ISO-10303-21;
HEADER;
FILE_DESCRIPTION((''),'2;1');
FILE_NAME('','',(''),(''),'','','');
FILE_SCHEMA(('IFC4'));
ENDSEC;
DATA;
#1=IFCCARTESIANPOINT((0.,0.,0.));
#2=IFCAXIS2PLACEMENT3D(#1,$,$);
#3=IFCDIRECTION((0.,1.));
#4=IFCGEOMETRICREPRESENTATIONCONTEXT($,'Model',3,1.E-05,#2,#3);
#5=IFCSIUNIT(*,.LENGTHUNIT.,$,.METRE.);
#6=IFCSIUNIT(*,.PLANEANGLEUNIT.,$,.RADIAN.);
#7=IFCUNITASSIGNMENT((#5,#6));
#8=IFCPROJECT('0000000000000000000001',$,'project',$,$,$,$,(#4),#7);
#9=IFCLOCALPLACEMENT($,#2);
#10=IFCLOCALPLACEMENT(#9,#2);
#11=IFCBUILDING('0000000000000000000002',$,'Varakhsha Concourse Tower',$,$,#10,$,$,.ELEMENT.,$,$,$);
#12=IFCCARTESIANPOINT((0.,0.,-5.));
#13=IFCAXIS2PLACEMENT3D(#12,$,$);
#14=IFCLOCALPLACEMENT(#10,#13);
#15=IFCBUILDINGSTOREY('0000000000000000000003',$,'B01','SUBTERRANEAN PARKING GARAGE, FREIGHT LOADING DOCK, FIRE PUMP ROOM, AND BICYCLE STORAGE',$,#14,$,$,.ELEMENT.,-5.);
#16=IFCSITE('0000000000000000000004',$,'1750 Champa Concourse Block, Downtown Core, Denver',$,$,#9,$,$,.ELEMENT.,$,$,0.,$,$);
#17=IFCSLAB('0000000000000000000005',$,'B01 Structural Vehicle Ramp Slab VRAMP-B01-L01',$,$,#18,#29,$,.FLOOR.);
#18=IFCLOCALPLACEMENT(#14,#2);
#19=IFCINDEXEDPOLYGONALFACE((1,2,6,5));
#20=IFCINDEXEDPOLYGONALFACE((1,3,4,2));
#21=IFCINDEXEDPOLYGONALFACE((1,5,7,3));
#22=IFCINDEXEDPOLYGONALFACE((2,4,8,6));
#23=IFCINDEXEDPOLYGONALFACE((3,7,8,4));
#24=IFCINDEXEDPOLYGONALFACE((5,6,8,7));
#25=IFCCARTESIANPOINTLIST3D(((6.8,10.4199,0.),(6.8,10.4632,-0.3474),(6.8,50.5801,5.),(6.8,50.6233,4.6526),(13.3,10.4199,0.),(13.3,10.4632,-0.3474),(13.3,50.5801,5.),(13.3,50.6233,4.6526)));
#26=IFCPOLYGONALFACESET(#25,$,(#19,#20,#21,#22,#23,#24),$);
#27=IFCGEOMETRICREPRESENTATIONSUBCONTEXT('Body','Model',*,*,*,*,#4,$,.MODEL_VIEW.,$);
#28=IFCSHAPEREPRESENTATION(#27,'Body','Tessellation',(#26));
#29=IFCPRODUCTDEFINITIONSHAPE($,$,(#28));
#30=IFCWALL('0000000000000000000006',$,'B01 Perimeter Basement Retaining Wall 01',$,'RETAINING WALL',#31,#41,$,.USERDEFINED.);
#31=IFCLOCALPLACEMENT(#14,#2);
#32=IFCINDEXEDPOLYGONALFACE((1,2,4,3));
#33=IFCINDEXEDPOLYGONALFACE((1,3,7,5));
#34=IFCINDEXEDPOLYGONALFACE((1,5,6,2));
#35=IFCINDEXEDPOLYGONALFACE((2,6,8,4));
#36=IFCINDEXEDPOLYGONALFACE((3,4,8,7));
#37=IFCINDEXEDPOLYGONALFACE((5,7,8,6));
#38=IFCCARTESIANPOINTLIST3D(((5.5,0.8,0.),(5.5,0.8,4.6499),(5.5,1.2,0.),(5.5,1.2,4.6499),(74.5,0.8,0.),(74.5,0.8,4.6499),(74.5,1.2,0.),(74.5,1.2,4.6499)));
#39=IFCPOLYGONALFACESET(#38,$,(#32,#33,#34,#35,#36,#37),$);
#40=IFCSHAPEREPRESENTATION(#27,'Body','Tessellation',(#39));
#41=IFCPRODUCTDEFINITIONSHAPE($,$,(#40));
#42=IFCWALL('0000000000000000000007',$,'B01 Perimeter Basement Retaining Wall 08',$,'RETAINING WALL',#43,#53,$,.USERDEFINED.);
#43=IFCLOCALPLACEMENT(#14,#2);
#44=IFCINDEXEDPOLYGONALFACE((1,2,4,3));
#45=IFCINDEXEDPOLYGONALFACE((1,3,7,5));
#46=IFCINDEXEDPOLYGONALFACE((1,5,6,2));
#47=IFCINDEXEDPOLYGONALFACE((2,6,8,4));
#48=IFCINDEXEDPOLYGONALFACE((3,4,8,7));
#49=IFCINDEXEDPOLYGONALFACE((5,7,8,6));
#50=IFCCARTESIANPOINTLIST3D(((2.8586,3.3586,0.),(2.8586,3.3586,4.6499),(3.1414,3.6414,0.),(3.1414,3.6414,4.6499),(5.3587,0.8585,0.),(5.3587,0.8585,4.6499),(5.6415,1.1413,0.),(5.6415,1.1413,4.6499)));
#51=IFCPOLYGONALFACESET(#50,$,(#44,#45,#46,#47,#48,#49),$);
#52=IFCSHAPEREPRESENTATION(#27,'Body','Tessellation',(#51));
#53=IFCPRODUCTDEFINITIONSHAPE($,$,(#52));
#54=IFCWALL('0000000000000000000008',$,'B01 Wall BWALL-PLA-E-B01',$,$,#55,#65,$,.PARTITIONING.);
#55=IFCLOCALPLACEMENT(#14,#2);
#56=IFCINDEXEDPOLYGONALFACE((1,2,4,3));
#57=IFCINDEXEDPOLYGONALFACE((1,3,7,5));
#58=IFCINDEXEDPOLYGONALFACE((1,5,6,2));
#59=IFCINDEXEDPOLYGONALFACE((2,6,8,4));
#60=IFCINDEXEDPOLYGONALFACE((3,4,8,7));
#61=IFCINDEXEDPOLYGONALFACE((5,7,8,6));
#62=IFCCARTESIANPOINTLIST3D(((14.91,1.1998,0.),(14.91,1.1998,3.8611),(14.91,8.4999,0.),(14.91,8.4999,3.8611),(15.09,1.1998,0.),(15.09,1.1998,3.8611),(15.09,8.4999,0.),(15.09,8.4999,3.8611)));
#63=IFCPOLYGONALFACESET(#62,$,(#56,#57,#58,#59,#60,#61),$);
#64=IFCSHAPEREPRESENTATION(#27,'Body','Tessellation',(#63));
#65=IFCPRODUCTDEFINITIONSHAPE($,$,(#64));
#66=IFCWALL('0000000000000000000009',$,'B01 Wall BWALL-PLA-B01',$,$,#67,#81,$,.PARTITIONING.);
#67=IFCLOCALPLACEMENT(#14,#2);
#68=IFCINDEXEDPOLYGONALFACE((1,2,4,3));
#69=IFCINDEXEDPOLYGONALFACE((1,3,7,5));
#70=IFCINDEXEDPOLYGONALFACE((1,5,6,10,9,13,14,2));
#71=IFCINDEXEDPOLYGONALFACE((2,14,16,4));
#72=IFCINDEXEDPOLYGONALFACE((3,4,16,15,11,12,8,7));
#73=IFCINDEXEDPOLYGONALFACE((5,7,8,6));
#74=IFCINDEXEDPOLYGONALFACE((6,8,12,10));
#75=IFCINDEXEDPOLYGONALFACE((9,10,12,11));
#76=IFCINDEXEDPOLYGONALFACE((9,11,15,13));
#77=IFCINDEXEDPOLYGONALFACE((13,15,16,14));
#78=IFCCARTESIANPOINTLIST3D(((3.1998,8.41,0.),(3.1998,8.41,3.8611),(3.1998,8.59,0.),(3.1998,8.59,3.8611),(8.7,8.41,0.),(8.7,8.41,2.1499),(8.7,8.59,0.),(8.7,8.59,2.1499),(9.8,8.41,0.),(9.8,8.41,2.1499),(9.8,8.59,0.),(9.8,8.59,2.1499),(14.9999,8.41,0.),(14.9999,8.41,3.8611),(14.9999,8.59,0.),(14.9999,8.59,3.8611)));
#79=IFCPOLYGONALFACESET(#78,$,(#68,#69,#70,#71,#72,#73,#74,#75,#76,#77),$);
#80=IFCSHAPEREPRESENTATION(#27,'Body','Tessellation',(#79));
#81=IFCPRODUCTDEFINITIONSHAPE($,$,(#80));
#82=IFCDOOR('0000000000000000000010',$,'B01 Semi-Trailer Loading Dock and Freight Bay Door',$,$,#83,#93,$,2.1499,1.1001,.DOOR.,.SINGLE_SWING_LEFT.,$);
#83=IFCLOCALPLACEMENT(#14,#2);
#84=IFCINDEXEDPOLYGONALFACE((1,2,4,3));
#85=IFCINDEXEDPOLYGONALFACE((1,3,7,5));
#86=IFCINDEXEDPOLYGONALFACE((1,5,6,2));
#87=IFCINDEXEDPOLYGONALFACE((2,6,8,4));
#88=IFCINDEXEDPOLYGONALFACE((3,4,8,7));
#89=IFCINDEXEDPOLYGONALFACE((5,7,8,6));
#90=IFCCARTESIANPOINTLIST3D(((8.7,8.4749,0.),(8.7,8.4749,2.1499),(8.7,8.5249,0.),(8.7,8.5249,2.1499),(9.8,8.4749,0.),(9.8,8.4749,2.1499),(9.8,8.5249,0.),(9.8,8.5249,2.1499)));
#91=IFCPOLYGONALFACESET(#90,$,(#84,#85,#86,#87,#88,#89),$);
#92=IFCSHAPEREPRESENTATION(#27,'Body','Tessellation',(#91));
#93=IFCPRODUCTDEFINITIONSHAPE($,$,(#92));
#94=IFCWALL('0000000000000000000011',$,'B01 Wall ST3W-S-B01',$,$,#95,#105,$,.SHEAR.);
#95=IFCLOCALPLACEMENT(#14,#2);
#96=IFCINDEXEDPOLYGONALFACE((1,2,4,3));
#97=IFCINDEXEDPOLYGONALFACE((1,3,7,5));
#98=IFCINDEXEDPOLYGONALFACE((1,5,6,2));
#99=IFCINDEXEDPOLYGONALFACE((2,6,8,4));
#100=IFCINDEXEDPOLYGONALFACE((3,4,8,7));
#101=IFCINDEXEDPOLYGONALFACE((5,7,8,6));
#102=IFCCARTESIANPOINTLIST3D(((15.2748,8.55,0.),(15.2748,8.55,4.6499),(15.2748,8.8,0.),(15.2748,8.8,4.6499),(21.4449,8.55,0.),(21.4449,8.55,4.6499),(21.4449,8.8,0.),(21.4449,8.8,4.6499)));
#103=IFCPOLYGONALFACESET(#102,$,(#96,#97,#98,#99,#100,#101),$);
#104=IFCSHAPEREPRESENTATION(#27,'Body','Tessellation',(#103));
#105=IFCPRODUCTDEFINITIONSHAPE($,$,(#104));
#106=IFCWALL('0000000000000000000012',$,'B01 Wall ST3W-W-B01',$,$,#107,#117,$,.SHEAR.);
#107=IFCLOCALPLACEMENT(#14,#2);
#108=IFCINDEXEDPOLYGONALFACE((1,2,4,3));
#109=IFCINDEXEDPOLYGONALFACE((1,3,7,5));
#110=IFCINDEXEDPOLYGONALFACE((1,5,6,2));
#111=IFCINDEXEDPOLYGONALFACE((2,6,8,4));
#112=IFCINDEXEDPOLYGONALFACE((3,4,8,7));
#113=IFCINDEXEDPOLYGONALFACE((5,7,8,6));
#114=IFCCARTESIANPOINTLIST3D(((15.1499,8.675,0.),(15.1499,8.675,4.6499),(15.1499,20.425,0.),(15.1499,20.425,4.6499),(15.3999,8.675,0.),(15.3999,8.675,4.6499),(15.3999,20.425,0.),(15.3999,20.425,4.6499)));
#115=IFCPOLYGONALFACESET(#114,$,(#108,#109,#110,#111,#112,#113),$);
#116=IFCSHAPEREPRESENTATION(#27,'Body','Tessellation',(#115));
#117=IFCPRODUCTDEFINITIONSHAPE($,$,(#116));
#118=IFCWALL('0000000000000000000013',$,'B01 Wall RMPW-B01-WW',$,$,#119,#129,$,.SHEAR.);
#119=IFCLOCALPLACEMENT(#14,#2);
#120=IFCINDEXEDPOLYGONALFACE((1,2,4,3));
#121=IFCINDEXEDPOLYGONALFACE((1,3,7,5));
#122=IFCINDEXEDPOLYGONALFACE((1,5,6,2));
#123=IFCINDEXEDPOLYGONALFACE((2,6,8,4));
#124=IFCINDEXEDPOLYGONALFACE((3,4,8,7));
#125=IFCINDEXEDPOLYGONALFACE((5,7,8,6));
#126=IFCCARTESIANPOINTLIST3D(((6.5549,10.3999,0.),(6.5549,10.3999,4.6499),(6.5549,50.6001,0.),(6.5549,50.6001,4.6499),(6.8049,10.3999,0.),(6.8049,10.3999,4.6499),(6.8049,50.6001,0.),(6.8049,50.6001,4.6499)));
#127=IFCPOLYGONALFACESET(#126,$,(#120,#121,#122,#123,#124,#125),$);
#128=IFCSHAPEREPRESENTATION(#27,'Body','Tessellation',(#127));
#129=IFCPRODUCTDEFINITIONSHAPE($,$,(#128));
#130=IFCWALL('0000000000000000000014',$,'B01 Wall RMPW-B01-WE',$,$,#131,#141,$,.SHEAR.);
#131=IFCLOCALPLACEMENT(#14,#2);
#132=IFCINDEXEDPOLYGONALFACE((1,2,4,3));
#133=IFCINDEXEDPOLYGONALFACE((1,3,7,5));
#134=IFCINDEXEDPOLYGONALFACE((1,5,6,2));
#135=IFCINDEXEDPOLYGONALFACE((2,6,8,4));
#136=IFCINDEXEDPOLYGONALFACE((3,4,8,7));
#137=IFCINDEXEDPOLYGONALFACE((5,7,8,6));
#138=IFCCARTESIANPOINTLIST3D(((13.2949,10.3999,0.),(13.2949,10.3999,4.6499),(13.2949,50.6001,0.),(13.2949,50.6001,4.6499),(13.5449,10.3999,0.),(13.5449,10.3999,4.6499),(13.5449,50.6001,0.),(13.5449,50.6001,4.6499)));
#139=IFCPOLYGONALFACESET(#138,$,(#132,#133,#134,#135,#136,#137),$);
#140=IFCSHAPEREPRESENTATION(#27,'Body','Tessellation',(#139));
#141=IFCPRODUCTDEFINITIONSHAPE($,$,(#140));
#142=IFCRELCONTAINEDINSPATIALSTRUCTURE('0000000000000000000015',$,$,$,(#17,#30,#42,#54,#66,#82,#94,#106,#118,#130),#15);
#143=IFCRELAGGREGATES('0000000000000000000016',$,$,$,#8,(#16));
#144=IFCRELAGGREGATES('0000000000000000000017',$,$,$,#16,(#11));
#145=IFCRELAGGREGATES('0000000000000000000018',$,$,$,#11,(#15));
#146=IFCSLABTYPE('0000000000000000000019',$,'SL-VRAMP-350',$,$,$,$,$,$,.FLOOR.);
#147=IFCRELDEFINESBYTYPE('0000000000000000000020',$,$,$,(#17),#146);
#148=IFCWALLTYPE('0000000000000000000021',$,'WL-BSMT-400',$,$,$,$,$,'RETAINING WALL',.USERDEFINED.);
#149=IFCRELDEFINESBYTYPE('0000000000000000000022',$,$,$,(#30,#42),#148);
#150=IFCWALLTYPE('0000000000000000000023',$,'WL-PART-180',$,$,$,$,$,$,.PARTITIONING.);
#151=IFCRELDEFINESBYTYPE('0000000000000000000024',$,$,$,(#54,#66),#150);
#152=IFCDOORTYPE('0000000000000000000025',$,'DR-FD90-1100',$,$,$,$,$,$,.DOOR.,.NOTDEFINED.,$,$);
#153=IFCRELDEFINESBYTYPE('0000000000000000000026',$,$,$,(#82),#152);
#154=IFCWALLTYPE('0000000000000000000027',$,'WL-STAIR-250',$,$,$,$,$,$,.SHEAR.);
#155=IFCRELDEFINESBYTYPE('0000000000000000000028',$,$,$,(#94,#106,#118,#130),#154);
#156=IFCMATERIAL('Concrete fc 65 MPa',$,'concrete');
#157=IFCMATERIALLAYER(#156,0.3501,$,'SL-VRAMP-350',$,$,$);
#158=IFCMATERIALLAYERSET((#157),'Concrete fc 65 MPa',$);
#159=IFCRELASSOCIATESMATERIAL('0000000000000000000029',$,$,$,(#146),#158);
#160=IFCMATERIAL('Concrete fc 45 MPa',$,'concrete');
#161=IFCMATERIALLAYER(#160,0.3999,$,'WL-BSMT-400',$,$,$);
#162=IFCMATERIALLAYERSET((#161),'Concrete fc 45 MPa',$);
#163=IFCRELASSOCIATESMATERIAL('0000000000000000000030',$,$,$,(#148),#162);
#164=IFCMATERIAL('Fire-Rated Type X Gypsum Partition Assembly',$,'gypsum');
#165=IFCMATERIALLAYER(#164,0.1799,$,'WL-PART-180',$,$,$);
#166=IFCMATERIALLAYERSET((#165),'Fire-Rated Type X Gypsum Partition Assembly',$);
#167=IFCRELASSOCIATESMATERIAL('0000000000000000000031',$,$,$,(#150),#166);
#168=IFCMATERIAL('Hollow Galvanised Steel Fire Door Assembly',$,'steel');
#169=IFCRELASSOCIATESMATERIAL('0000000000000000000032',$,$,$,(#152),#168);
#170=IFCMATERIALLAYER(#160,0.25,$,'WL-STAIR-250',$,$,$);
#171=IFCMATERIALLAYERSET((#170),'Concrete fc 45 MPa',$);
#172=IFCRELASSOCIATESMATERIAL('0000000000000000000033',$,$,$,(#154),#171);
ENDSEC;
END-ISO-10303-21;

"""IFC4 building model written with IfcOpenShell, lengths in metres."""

from ifc_helpers import new_model, si_unit, direction, frame, frame_2d, origin, place, context, subcontext, project, spatial, polyline, rectangle, outline, extrude, material, layer, layer_set, type_object, element, fill, save


model = new_model("IFC4")

# Units and contexts
model_context = context("Model", 3, precision=1e-05, world=origin(), true_north=direction((0.0, 1.0)))
body_context = subcontext(model_context, "Body", "Model", "MODEL_VIEW")
ifc_project = project(units=[si_unit("LENGTHUNIT", "METRE"), si_unit("PLANEANGLEUNIT", "RADIAN")], contexts=[model_context])

# Site, building, storey
site_placement = place(None, origin())
site = spatial("IfcSite", under=ifc_project, at=site_placement, Name="1750 Champa Concourse Block, Downtown Core, Denver", CompositionType="ELEMENT", RefElevation=0.0)
building_placement = place(site_placement, origin())
building = spatial("IfcBuilding", under=site, at=building_placement, Name="Varakhsha Concourse Tower", CompositionType="ELEMENT")
storey_placement = place(building_placement, frame((0.0, 0.0, -5.0)))
storey = spatial("IfcBuildingStorey", under=building, at=storey_placement, Name="B01", Description="SUBTERRANEAN PARKING GARAGE, FREIGHT LOADING DOCK, FIRE PUMP ROOM, AND BICYCLE STORAGE", CompositionType="ELEMENT", Elevation=-5.0)

# Shared definitions
ifc_material_1 = material(Name="Concrete fc 65 MPa", Category="concrete")

# Shared definitions
ifc_material_2 = material(Name="Concrete fc 45 MPa", Category="concrete")

# Slab
ifc_layer_1 = layer(ifc_material_1, 0.3501, Name="SL-VRAMP-350")
ifc_layer_set_1 = layer_set([ifc_layer_1], Name="Concrete fc 65 MPa")
slab_type_1 = type_object("IfcSlabType", Name="SL-VRAMP-350", PredefinedType="FLOOR", material=ifc_layer_set_1)
slab_1_placement = place(storey_placement, frame((6.8, 10.4199, 0.0), z_axis=(0.0, -0.123548, 0.992339), x_axis=(1.0, 0.0, 0.0)))
element("IfcSlab", 1, at=slab_1_placement, inside=storey, type_object=slab_type_1, Name="B01 Structural Vehicle Ramp Slab VRAMP-B01-L01", PredefinedType="FLOOR", context=body_context, shape_type="SweptSolid", body=[
    extrude(outline(polyline([(0.0, 0.0), (6.5, 0.0), (6.5, 40.4702), (0.0, 40.4702), (0.0, 0.0)])), origin(), (0.0, 0.0, -1.0), 0.3501),
])

# Walls
ifc_layer_2 = layer(ifc_material_2, 0.3999, Name="WL-BSMT-400")
ifc_layer_set_2 = layer_set([ifc_layer_2], Name="Concrete fc 45 MPa")
wall_type_1 = type_object("IfcWallType", Name="WL-BSMT-400", ElementType="RETAINING WALL", PredefinedType="USERDEFINED", material=ifc_layer_set_2)
wall_1_placement = place(storey_placement, frame((5.5, 1.0, 0.0), z_axis=(0.0, 0.0, 1.0), x_axis=(1.0, 0.0, 0.0)))
element("IfcWall", 2, at=wall_1_placement, inside=storey, type_object=wall_type_1, Name="B01 Perimeter Basement Retaining Wall 01", ObjectType="RETAINING WALL", PredefinedType="USERDEFINED", context=body_context, shape_type="SweptSolid", body=[
    extrude(rectangle(XDim=69.0, YDim=0.3999, at=frame_2d((34.5, 0.0))), origin(), (0.0, 0.0, 1.0), 4.6499),
])
wall_2_placement = place(storey_placement, frame((3.0, 3.5, 0.0), z_axis=(0.0, 0.0, 1.0), x_axis=(0.707107, -0.707107, 0.0)))
element("IfcWall", 3, at=wall_2_placement, inside=storey, type_object=wall_type_1, Name="B01 Perimeter Basement Retaining Wall 08", ObjectType="RETAINING WALL", PredefinedType="USERDEFINED", context=body_context, shape_type="SweptSolid", body=[
    extrude(rectangle(XDim=3.5356, YDim=0.3999, at=frame_2d((1.7678, 0.0))), origin(), (0.0, 0.0, 1.0), 4.6499),
])
ifc_material_3 = material(Name="Fire-Rated Type X Gypsum Partition Assembly", Category="gypsum")
ifc_layer_3 = layer(ifc_material_3, 0.1799, Name="WL-PART-180")
ifc_layer_set_3 = layer_set([ifc_layer_3], Name="Fire-Rated Type X Gypsum Partition Assembly")
wall_type_2 = type_object("IfcWallType", Name="WL-PART-180", PredefinedType="PARTITIONING", material=ifc_layer_set_3)
wall_3_placement = place(storey_placement, frame((15.0, 1.2, 0.0), z_axis=(0.0, 0.0, 1.0), x_axis=(0.0, 1.0, 0.0)))
element("IfcWall", 4, at=wall_3_placement, inside=storey, type_object=wall_type_2, Name="B01 Wall BWALL-PLA-E-B01", PredefinedType="PARTITIONING", context=body_context, shape_type="SweptSolid", body=[
    extrude(rectangle(XDim=7.3, YDim=0.1799, at=frame_2d((3.6499, 0.0))), origin(), (0.0, 0.0, 1.0), 3.8611),
])

# Wall, opening, door
wall_4_placement = place(storey_placement, frame((3.2, 8.5, 0.0), z_axis=(0.0, 0.0, 1.0), x_axis=(1.0, 0.0, 0.0)))
wall_4 = element("IfcWall", 5, at=wall_4_placement, inside=storey, type_object=wall_type_2, Name="B01 Wall BWALL-PLA-B01", PredefinedType="PARTITIONING", context=body_context, shape_type="SweptSolid", body=[
    extrude(rectangle(XDim=11.8, YDim=0.1799, at=frame_2d((5.8999, 0.0))), origin(), (0.0, 0.0, 1.0), 3.8611),
])
opening_placement = place(wall_4_placement, frame((5.5, 0.0, 0.0)))
opening = element("IfcOpeningElement", 6, at=opening_placement, cuts=wall_4, PredefinedType="OPENING", context=body_context, shape_type="SweptSolid", body=[
    extrude(rectangle(XDim=1.1001, YDim=2.1499, at=frame_2d((0.55, 1.075))), frame((0.0, 0.0999, 0.0), z_axis=(0.0, -1.0, 0.0), x_axis=(1.0, 0.0, 0.0)), (0.0, 0.0, 1.0), 0.2),
])
ifc_material_4 = material(Name="Hollow Galvanised Steel Fire Door Assembly", Category="steel")
door_type = type_object("IfcDoorType", Name="DR-FD90-1100", OperationType="NOTDEFINED", PredefinedType="DOOR", material=ifc_material_4)
door_placement = place(opening_placement, origin())
door = element("IfcDoor", 7, at=door_placement, inside=storey, type_object=door_type, Name="B01 Semi-Trailer Loading Dock and Freight Bay Door", OperationType="SINGLE_SWING_LEFT", OverallHeight=2.1499, OverallWidth=1.1001, PredefinedType="DOOR", context=body_context, shape_type="SweptSolid", body=[
    extrude(rectangle(XDim=1.1001, YDim=2.1499, at=frame_2d((0.55, 1.075))), frame((0.0, 0.0249, 0.0), z_axis=(0.0, -1.0, 0.0), x_axis=(1.0, 0.0, 0.0)), (0.0, 0.0, 1.0), 0.05),
])
fill(opening, door)

# Walls
ifc_layer_4 = layer(ifc_material_2, 0.25, Name="WL-STAIR-250")
ifc_layer_set_4 = layer_set([ifc_layer_4], Name="Concrete fc 45 MPa")
wall_type_3 = type_object("IfcWallType", Name="WL-STAIR-250", PredefinedType="SHEAR", material=ifc_layer_set_4)
wall_5_placement = place(storey_placement, frame((15.2749, 8.675, 0.0), z_axis=(0.0, 0.0, 1.0), x_axis=(1.0, 0.0, 0.0)))
element("IfcWall", 8, at=wall_5_placement, inside=storey, type_object=wall_type_3, Name="B01 Wall ST3W-S-B01", PredefinedType="SHEAR", context=body_context, shape_type="SweptSolid", body=[
    extrude(rectangle(XDim=6.1702, YDim=0.25, at=frame_2d((3.085, 0.0))), origin(), (0.0, 0.0, 1.0), 4.6499),
])
wall_6_placement = place(storey_placement, frame((15.2749, 8.675, 0.0), z_axis=(0.0, 0.0, 1.0), x_axis=(0.0, 1.0, 0.0)))
element("IfcWall", 9, at=wall_6_placement, inside=storey, type_object=wall_type_3, Name="B01 Wall ST3W-W-B01", PredefinedType="SHEAR", context=body_context, shape_type="SweptSolid", body=[
    extrude(rectangle(XDim=11.75, YDim=0.25, at=frame_2d((5.875, 0.0))), origin(), (0.0, 0.0, 1.0), 4.6499),
])
for number, where, z_axis, x_axis, name in (
    (10, (6.6799, 10.3999, 0.0), (0.0, 0.0, 1.0), (0.0, 1.0, 0.0), "B01 Wall RMPW-B01-WW"),
    (11, (13.4199, 10.3999, 0.0), (0.0, 0.0, 1.0), (0.0, 1.0, 0.0), "B01 Wall RMPW-B01-WE"),
):
    element("IfcWall", number, at=place(storey_placement, frame(where, z_axis=z_axis, x_axis=x_axis)), inside=storey, type_object=wall_type_3, Name=name, PredefinedType="SHEAR", context=body_context, shape_type="SweptSolid", body=[
        extrude(rectangle(XDim=40.2002, YDim=0.25, at=frame_2d((20.1001, 0.0))), origin(), (0.0, 0.0, 1.0), 4.6499),
    ])

save(model, "model.ifc")
